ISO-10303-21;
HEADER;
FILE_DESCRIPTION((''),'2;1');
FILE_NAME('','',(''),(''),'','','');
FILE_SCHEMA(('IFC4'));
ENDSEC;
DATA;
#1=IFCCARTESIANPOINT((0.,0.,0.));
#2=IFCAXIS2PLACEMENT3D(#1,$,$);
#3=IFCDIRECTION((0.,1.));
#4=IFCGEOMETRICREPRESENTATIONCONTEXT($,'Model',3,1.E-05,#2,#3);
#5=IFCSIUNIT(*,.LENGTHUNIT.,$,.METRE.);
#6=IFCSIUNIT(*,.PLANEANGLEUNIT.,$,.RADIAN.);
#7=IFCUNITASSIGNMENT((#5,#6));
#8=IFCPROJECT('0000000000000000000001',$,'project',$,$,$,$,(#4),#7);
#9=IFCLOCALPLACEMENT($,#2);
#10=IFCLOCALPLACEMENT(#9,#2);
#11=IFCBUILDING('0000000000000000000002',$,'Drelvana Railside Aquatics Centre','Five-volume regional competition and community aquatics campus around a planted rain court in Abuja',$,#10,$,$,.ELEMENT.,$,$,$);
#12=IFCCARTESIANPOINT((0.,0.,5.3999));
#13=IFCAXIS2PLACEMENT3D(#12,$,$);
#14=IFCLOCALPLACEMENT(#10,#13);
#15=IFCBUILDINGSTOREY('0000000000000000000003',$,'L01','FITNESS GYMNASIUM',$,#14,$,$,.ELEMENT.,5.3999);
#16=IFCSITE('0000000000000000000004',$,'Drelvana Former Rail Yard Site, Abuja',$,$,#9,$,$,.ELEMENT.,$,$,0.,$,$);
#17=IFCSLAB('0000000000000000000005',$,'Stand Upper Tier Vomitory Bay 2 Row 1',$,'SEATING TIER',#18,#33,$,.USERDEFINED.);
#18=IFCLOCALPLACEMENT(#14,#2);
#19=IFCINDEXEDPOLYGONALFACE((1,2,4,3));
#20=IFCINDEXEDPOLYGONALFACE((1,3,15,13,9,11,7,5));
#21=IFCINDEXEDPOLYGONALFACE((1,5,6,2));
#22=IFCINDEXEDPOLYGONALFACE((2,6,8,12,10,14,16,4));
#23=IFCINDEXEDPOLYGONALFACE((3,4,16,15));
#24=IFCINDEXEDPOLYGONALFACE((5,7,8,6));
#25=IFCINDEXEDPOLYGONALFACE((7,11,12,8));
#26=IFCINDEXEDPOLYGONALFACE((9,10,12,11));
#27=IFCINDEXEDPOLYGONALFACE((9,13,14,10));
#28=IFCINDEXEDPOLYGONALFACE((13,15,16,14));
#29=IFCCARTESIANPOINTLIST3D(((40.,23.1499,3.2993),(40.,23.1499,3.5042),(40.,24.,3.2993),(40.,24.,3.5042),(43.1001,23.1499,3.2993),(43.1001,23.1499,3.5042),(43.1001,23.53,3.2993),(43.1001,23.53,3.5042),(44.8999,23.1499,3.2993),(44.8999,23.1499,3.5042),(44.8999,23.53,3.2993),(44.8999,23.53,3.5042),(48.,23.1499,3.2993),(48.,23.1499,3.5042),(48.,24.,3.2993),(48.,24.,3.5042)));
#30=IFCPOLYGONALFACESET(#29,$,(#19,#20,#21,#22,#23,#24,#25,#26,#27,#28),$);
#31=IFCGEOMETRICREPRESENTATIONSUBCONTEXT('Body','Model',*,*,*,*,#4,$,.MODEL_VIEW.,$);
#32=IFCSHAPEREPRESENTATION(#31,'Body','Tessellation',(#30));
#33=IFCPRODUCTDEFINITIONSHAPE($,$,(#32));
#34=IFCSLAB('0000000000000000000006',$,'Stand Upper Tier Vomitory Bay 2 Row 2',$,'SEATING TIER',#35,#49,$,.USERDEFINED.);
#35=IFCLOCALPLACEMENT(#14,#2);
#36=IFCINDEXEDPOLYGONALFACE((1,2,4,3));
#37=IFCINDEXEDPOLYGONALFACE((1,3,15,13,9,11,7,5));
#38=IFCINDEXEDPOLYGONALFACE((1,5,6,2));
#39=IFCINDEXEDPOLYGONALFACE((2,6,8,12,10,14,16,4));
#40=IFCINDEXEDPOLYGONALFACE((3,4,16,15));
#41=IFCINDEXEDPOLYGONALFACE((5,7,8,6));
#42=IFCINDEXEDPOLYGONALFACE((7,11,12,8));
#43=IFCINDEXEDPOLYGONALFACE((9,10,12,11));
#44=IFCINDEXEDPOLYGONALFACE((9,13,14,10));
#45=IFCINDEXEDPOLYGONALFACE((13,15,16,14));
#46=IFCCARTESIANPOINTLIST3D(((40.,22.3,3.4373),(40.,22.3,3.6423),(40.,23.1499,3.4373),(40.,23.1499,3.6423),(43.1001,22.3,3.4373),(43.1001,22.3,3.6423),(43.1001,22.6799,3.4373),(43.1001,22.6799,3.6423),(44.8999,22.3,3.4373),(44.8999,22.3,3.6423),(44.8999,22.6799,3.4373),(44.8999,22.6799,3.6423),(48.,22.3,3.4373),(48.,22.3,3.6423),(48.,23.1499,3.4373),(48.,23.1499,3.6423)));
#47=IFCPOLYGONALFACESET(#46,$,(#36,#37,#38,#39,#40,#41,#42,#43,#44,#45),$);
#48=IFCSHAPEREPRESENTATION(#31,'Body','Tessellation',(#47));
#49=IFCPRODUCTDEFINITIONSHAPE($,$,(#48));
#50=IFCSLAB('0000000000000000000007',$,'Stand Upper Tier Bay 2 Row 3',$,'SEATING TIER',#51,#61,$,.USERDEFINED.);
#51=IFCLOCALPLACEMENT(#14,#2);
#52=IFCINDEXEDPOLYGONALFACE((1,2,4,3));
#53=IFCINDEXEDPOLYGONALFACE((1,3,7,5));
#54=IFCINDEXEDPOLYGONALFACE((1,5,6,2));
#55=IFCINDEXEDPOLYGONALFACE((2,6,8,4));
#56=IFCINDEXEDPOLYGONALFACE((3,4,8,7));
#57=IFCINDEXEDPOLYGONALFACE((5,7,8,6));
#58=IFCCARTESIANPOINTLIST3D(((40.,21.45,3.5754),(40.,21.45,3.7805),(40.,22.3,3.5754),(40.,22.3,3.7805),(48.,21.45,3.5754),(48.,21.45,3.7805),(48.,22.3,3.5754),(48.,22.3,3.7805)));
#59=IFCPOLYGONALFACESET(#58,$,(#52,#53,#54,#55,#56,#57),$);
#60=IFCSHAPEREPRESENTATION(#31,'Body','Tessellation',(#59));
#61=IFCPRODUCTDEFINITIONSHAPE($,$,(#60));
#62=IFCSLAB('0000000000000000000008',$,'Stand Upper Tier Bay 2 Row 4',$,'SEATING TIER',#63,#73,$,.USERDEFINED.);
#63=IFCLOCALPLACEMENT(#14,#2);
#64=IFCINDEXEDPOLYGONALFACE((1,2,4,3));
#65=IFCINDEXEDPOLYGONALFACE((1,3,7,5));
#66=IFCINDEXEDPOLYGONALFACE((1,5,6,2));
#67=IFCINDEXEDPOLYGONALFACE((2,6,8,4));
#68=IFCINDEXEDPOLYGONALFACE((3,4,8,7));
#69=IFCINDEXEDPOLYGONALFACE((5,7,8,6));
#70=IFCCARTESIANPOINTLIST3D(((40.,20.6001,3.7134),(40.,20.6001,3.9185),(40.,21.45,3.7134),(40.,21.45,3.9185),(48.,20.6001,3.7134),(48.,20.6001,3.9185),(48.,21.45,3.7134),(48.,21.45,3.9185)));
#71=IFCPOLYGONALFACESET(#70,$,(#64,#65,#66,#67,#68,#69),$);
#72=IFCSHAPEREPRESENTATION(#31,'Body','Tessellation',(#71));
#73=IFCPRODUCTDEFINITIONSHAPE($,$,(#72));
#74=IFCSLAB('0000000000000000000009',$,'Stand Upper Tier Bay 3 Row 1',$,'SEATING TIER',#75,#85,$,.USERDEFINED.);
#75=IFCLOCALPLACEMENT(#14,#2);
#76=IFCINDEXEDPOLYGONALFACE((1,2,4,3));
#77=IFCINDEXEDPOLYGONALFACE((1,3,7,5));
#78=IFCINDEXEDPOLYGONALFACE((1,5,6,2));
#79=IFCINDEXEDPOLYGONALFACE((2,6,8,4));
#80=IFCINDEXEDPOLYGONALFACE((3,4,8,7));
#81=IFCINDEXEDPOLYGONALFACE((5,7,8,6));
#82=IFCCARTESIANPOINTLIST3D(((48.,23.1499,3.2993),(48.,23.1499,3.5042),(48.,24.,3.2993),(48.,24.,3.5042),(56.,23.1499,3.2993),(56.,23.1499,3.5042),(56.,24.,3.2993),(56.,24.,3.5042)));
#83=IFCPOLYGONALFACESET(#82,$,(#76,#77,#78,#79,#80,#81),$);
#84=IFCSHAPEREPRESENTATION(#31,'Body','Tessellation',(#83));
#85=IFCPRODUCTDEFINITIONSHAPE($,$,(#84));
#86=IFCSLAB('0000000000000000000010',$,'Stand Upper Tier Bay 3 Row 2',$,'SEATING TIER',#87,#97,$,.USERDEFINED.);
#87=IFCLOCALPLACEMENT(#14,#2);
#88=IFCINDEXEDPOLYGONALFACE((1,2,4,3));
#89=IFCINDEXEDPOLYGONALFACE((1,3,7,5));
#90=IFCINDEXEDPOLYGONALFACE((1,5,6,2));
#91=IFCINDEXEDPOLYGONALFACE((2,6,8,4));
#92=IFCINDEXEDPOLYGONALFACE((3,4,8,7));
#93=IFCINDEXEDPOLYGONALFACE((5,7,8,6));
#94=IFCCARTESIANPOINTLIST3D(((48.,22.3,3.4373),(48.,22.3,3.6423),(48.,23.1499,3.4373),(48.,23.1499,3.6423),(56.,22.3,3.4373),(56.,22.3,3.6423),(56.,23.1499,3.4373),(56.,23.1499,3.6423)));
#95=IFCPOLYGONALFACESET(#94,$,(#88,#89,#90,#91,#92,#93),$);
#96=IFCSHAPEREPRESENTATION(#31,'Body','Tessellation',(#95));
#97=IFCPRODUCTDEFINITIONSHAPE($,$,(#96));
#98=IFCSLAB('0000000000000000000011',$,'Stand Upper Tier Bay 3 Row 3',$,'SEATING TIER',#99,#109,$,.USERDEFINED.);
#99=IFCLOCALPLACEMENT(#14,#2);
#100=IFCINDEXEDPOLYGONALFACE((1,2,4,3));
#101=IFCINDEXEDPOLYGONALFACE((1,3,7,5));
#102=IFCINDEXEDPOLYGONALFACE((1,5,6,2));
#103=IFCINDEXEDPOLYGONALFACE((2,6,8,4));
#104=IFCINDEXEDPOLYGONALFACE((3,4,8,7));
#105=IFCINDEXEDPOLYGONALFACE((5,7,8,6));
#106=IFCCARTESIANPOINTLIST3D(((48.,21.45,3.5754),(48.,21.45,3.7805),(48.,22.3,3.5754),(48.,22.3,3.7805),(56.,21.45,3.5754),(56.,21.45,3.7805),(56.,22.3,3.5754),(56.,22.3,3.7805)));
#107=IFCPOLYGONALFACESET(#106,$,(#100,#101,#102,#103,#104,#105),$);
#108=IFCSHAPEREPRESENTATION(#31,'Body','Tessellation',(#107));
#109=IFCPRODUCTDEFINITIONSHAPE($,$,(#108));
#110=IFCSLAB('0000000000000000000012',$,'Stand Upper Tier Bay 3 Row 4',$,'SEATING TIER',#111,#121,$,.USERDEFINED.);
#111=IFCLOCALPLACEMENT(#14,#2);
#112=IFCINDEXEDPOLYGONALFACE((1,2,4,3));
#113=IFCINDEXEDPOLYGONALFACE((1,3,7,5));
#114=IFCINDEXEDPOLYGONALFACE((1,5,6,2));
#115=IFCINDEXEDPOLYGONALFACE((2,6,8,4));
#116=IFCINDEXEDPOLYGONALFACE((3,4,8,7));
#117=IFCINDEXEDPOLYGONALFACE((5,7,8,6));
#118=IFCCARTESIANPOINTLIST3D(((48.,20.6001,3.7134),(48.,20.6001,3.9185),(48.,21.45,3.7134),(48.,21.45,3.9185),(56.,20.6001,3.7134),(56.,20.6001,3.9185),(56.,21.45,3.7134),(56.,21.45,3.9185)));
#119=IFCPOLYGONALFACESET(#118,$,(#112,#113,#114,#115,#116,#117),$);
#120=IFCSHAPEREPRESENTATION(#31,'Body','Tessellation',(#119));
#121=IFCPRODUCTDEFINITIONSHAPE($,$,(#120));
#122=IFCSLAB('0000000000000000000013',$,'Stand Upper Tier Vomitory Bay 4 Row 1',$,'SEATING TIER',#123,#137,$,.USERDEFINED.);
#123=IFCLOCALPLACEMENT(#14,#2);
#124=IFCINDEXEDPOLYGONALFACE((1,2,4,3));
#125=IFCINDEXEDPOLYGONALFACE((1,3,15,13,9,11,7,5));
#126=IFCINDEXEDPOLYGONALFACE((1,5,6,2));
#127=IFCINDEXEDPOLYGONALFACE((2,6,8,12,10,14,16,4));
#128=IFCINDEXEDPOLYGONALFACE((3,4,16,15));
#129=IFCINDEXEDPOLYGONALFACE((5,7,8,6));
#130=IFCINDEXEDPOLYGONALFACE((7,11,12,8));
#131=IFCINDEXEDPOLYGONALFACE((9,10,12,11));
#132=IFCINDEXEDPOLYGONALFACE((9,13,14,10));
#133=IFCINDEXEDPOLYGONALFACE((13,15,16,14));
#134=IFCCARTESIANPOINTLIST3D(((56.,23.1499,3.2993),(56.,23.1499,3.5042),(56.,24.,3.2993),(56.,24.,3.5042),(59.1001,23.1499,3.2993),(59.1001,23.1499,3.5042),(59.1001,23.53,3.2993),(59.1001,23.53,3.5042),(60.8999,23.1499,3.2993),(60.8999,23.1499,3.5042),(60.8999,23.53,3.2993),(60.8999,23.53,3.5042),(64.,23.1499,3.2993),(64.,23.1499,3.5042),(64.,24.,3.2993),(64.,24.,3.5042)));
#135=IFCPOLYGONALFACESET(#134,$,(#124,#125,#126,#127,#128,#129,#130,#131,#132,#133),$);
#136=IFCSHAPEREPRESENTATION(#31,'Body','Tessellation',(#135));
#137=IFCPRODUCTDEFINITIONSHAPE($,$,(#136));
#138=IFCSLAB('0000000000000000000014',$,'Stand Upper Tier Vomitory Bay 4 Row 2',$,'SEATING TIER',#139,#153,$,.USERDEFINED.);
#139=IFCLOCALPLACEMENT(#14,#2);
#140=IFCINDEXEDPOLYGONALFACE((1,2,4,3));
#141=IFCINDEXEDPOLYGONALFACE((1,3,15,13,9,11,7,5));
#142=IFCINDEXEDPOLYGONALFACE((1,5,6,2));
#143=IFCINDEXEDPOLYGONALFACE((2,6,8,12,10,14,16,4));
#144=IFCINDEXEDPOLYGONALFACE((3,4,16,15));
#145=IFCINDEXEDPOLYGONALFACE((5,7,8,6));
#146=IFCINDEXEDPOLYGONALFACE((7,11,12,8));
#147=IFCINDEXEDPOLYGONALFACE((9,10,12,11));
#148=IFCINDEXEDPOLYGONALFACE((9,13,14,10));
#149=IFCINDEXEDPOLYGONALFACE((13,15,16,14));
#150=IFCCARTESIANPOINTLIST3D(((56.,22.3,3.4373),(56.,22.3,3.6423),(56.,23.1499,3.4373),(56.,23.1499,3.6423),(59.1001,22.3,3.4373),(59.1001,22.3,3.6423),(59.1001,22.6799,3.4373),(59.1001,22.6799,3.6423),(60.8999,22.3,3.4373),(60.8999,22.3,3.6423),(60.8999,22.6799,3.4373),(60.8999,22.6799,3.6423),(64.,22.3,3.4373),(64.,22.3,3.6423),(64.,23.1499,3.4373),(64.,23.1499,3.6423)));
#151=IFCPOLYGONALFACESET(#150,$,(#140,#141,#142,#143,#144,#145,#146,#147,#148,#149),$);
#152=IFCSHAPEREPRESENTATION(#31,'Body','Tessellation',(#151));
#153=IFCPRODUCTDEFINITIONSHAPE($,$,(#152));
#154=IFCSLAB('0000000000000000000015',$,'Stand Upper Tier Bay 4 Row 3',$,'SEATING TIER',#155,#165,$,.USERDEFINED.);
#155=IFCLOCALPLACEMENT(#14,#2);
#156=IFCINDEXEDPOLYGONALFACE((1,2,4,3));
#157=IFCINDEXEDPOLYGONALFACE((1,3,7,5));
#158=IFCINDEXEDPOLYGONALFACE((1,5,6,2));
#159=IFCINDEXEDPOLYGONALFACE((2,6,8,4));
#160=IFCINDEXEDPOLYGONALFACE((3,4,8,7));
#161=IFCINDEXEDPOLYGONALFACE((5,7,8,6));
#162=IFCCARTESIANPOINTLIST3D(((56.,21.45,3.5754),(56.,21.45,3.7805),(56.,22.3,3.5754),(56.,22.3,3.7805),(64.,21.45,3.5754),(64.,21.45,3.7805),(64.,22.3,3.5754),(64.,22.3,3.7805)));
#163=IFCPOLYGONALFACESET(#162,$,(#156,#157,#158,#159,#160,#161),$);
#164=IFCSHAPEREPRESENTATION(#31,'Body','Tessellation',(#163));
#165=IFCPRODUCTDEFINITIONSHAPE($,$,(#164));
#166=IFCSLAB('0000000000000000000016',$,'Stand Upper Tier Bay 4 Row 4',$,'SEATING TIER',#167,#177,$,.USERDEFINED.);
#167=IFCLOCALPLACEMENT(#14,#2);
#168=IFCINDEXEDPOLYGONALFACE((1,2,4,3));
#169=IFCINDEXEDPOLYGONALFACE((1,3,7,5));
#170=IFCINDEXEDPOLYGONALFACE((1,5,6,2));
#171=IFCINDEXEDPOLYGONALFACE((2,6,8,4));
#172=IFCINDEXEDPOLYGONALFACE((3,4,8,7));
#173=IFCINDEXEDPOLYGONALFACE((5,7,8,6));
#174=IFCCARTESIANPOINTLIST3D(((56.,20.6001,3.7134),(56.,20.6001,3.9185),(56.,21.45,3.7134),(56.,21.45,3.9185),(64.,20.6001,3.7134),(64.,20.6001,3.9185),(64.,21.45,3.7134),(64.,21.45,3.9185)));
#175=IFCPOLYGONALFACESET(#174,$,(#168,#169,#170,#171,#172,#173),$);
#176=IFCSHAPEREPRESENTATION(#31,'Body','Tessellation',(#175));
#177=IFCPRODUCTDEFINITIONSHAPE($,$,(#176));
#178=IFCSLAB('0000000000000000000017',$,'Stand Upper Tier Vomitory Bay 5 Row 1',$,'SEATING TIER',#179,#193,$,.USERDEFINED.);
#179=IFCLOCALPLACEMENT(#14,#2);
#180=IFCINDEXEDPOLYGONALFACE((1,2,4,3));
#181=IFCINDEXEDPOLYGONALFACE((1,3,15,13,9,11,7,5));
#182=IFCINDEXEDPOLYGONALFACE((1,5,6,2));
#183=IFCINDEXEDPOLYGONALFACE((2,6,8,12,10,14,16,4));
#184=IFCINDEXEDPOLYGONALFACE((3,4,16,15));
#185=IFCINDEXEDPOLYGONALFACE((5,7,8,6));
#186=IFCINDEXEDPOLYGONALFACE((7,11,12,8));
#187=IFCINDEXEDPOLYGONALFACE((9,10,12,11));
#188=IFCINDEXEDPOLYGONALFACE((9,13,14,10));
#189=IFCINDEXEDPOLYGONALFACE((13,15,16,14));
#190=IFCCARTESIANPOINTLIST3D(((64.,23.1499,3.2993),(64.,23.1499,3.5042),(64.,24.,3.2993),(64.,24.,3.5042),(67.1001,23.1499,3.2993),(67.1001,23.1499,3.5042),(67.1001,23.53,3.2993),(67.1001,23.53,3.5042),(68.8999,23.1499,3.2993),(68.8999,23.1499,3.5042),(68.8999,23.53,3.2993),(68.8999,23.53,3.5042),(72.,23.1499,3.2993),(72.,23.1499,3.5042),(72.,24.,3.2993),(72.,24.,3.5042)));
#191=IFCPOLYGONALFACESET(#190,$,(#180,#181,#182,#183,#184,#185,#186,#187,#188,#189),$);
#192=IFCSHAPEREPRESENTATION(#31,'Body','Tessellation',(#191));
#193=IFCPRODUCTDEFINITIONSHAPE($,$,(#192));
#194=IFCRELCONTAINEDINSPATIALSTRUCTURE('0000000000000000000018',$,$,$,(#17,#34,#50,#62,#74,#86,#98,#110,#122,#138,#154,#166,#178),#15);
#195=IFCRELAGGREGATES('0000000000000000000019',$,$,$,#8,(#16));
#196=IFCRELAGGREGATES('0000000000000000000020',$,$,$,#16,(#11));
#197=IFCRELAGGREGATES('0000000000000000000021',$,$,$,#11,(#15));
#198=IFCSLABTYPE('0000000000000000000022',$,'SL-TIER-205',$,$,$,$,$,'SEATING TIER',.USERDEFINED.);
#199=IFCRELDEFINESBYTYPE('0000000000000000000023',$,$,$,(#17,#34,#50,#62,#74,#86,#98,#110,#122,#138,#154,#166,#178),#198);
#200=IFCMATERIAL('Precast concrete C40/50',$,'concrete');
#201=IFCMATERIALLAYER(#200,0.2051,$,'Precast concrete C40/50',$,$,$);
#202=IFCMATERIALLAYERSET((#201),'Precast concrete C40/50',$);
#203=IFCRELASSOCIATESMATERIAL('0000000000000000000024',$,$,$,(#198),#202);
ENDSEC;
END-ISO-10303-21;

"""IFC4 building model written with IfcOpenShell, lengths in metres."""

from ifc_helpers import new_model, si_unit, direction, frame, origin, place, context, subcontext, project, spatial, polyline, outline, extrude, material, layer, layer_set, type_object, element, save


model = new_model("IFC4")

# Units and contexts
model_context = context("Model", 3, precision=1e-05, world=origin(), true_north=direction((0.0, 1.0)))
body_context = subcontext(model_context, "Body", "Model", "MODEL_VIEW")
ifc_project = project(units=[si_unit("LENGTHUNIT", "METRE"), si_unit("PLANEANGLEUNIT", "RADIAN")], contexts=[model_context])

# Site, building, storey
site_placement = place(None, origin())
site = spatial("IfcSite", under=ifc_project, at=site_placement, Name="Drelvana Former Rail Yard Site, Abuja", CompositionType="ELEMENT", RefElevation=0.0)
building_placement = place(site_placement, origin())
building = spatial("IfcBuilding", under=site, at=building_placement, Name="Drelvana Railside Aquatics Centre", Description="Five-volume regional competition and community aquatics campus around a planted rain court in Abuja", CompositionType="ELEMENT")
storey_placement = place(building_placement, frame((0.0, 0.0, 5.3999)))
storey = spatial("IfcBuildingStorey", under=building, at=storey_placement, Name="L01", Description="FITNESS GYMNASIUM", CompositionType="ELEMENT", Elevation=5.3999)

# Slabs
ifc_material_1 = material(Name="Precast concrete C40/50", Category="concrete")
ifc_layer_1 = layer(ifc_material_1, 0.2051, Name="Precast concrete C40/50")
ifc_layer_set_1 = layer_set([ifc_layer_1], Name="Precast concrete C40/50")
slab_type_1 = type_object("IfcSlabType", Name="SL-TIER-205", ElementType="SEATING TIER", PredefinedType="USERDEFINED", material=ifc_layer_set_1)
slab_1_placement = place(storey_placement, frame((0.0, 0.0, 3.2993)))
element("IfcSlab", 1, at=slab_1_placement, inside=storey, type_object=slab_type_1, Name="Stand Upper Tier Vomitory Bay 2 Row 1", ObjectType="SEATING TIER", PredefinedType="USERDEFINED", context=body_context, shape_type="SweptSolid", body=[
    extrude(outline(polyline([(40.0, 23.1499), (43.1001, 23.1499), (43.1001, 23.53), (44.8999, 23.53), (44.8999, 23.1499), (48.0, 23.1499), (48.0, 24.0), (40.0, 24.0), (40.0, 23.1499)])), origin(), (0.0, 0.0, 1.0), 0.2048),
])
slab_2_placement = place(storey_placement, frame((0.0, 0.0, 3.4373)))
element("IfcSlab", 2, at=slab_2_placement, inside=storey, type_object=slab_type_1, Name="Stand Upper Tier Vomitory Bay 2 Row 2", ObjectType="SEATING TIER", PredefinedType="USERDEFINED", context=body_context, shape_type="SweptSolid", body=[
    extrude(outline(polyline([(40.0, 22.3), (43.1001, 22.3), (43.1001, 22.6799), (44.8999, 22.6799), (44.8999, 22.3), (48.0, 22.3), (48.0, 23.1499), (40.0, 23.1499), (40.0, 22.3)])), origin(), (0.0, 0.0, 1.0), 0.2051),
])
slab_3_placement = place(storey_placement, frame((0.0, 0.0, 3.5754)))
element("IfcSlab", 3, at=slab_3_placement, inside=storey, type_object=slab_type_1, Name="Stand Upper Tier Bay 2 Row 3", ObjectType="SEATING TIER", PredefinedType="USERDEFINED", context=body_context, shape_type="SweptSolid", body=[
    extrude(outline(polyline([(40.0, 21.45), (48.0, 21.45), (48.0, 22.3), (40.0, 22.3), (40.0, 21.45)])), origin(), (0.0, 0.0, 1.0), 0.2051),
])
slab_4_placement = place(storey_placement, frame((0.0, 0.0, 3.7134)))
element("IfcSlab", 4, at=slab_4_placement, inside=storey, type_object=slab_type_1, Name="Stand Upper Tier Bay 2 Row 4", ObjectType="SEATING TIER", PredefinedType="USERDEFINED", context=body_context, shape_type="SweptSolid", body=[
    extrude(outline(polyline([(40.0, 20.6001), (48.0, 20.6001), (48.0, 21.45), (40.0, 21.45), (40.0, 20.6001)])), origin(), (0.0, 0.0, 1.0), 0.2051),
])
slab_5_placement = place(storey_placement, frame((0.0, 0.0, 3.2993)))
element("IfcSlab", 5, at=slab_5_placement, inside=storey, type_object=slab_type_1, Name="Stand Upper Tier Bay 3 Row 1", ObjectType="SEATING TIER", PredefinedType="USERDEFINED", context=body_context, shape_type="SweptSolid", body=[
    extrude(outline(polyline([(48.0, 23.1499), (56.0, 23.1499), (56.0, 24.0), (48.0, 24.0), (48.0, 23.1499)])), origin(), (0.0, 0.0, 1.0), 0.2048),
])
slab_6_placement = place(storey_placement, frame((0.0, 0.0, 3.4373)))
element("IfcSlab", 6, at=slab_6_placement, inside=storey, type_object=slab_type_1, Name="Stand Upper Tier Bay 3 Row 2", ObjectType="SEATING TIER", PredefinedType="USERDEFINED", context=body_context, shape_type="SweptSolid", body=[
    extrude(outline(polyline([(48.0, 22.3), (56.0, 22.3), (56.0, 23.1499), (48.0, 23.1499), (48.0, 22.3)])), origin(), (0.0, 0.0, 1.0), 0.2051),
])
slab_7_placement = place(storey_placement, frame((0.0, 0.0, 3.5754)))
element("IfcSlab", 7, at=slab_7_placement, inside=storey, type_object=slab_type_1, Name="Stand Upper Tier Bay 3 Row 3", ObjectType="SEATING TIER", PredefinedType="USERDEFINED", context=body_context, shape_type="SweptSolid", body=[
    extrude(outline(polyline([(48.0, 21.45), (56.0, 21.45), (56.0, 22.3), (48.0, 22.3), (48.0, 21.45)])), origin(), (0.0, 0.0, 1.0), 0.2051),
])
slab_8_placement = place(storey_placement, frame((0.0, 0.0, 3.7134)))
element("IfcSlab", 8, at=slab_8_placement, inside=storey, type_object=slab_type_1, Name="Stand Upper Tier Bay 3 Row 4", ObjectType="SEATING TIER", PredefinedType="USERDEFINED", context=body_context, shape_type="SweptSolid", body=[
    extrude(outline(polyline([(48.0, 20.6001), (56.0, 20.6001), (56.0, 21.45), (48.0, 21.45), (48.0, 20.6001)])), origin(), (0.0, 0.0, 1.0), 0.2051),
])
slab_9_placement = place(storey_placement, frame((0.0, 0.0, 3.2993)))
element("IfcSlab", 9, at=slab_9_placement, inside=storey, type_object=slab_type_1, Name="Stand Upper Tier Vomitory Bay 4 Row 1", ObjectType="SEATING TIER", PredefinedType="USERDEFINED", context=body_context, shape_type="SweptSolid", body=[
    extrude(outline(polyline([(56.0, 23.1499), (59.1001, 23.1499), (59.1001, 23.53), (60.8999, 23.53), (60.8999, 23.1499), (64.0, 23.1499), (64.0, 24.0), (56.0, 24.0), (56.0, 23.1499)])), origin(), (0.0, 0.0, 1.0), 0.2048),
])
slab_10_placement = place(storey_placement, frame((0.0, 0.0, 3.4373)))
element("IfcSlab", 10, at=slab_10_placement, inside=storey, type_object=slab_type_1, Name="Stand Upper Tier Vomitory Bay 4 Row 2", ObjectType="SEATING TIER", PredefinedType="USERDEFINED", context=body_context, shape_type="SweptSolid", body=[
    extrude(outline(polyline([(56.0, 22.3), (59.1001, 22.3), (59.1001, 22.6799), (60.8999, 22.6799), (60.8999, 22.3), (64.0, 22.3), (64.0, 23.1499), (56.0, 23.1499), (56.0, 22.3)])), origin(), (0.0, 0.0, 1.0), 0.2051),
])
slab_11_placement = place(storey_placement, frame((0.0, 0.0, 3.5754)))
element("IfcSlab", 11, at=slab_11_placement, inside=storey, type_object=slab_type_1, Name="Stand Upper Tier Bay 4 Row 3", ObjectType="SEATING TIER", PredefinedType="USERDEFINED", context=body_context, shape_type="SweptSolid", body=[
    extrude(outline(polyline([(56.0, 21.45), (64.0, 21.45), (64.0, 22.3), (56.0, 22.3), (56.0, 21.45)])), origin(), (0.0, 0.0, 1.0), 0.2051),
])
slab_12_placement = place(storey_placement, frame((0.0, 0.0, 3.7134)))
element("IfcSlab", 12, at=slab_12_placement, inside=storey, type_object=slab_type_1, Name="Stand Upper Tier Bay 4 Row 4", ObjectType="SEATING TIER", PredefinedType="USERDEFINED", context=body_context, shape_type="SweptSolid", body=[
    extrude(outline(polyline([(56.0, 20.6001), (64.0, 20.6001), (64.0, 21.45), (56.0, 21.45), (56.0, 20.6001)])), origin(), (0.0, 0.0, 1.0), 0.2051),
])
slab_13_placement = place(storey_placement, frame((0.0, 0.0, 3.2993)))
element("IfcSlab", 13, at=slab_13_placement, inside=storey, type_object=slab_type_1, Name="Stand Upper Tier Vomitory Bay 5 Row 1", ObjectType="SEATING TIER", PredefinedType="USERDEFINED", context=body_context, shape_type="SweptSolid", body=[
    extrude(outline(polyline([(64.0, 23.1499), (67.1001, 23.1499), (67.1001, 23.53), (68.8999, 23.53), (68.8999, 23.1499), (72.0, 23.1499), (72.0, 24.0), (64.0, 24.0), (64.0, 23.1499)])), origin(), (0.0, 0.0, 1.0), 0.2048),
])

save(model, "model.ifc")
